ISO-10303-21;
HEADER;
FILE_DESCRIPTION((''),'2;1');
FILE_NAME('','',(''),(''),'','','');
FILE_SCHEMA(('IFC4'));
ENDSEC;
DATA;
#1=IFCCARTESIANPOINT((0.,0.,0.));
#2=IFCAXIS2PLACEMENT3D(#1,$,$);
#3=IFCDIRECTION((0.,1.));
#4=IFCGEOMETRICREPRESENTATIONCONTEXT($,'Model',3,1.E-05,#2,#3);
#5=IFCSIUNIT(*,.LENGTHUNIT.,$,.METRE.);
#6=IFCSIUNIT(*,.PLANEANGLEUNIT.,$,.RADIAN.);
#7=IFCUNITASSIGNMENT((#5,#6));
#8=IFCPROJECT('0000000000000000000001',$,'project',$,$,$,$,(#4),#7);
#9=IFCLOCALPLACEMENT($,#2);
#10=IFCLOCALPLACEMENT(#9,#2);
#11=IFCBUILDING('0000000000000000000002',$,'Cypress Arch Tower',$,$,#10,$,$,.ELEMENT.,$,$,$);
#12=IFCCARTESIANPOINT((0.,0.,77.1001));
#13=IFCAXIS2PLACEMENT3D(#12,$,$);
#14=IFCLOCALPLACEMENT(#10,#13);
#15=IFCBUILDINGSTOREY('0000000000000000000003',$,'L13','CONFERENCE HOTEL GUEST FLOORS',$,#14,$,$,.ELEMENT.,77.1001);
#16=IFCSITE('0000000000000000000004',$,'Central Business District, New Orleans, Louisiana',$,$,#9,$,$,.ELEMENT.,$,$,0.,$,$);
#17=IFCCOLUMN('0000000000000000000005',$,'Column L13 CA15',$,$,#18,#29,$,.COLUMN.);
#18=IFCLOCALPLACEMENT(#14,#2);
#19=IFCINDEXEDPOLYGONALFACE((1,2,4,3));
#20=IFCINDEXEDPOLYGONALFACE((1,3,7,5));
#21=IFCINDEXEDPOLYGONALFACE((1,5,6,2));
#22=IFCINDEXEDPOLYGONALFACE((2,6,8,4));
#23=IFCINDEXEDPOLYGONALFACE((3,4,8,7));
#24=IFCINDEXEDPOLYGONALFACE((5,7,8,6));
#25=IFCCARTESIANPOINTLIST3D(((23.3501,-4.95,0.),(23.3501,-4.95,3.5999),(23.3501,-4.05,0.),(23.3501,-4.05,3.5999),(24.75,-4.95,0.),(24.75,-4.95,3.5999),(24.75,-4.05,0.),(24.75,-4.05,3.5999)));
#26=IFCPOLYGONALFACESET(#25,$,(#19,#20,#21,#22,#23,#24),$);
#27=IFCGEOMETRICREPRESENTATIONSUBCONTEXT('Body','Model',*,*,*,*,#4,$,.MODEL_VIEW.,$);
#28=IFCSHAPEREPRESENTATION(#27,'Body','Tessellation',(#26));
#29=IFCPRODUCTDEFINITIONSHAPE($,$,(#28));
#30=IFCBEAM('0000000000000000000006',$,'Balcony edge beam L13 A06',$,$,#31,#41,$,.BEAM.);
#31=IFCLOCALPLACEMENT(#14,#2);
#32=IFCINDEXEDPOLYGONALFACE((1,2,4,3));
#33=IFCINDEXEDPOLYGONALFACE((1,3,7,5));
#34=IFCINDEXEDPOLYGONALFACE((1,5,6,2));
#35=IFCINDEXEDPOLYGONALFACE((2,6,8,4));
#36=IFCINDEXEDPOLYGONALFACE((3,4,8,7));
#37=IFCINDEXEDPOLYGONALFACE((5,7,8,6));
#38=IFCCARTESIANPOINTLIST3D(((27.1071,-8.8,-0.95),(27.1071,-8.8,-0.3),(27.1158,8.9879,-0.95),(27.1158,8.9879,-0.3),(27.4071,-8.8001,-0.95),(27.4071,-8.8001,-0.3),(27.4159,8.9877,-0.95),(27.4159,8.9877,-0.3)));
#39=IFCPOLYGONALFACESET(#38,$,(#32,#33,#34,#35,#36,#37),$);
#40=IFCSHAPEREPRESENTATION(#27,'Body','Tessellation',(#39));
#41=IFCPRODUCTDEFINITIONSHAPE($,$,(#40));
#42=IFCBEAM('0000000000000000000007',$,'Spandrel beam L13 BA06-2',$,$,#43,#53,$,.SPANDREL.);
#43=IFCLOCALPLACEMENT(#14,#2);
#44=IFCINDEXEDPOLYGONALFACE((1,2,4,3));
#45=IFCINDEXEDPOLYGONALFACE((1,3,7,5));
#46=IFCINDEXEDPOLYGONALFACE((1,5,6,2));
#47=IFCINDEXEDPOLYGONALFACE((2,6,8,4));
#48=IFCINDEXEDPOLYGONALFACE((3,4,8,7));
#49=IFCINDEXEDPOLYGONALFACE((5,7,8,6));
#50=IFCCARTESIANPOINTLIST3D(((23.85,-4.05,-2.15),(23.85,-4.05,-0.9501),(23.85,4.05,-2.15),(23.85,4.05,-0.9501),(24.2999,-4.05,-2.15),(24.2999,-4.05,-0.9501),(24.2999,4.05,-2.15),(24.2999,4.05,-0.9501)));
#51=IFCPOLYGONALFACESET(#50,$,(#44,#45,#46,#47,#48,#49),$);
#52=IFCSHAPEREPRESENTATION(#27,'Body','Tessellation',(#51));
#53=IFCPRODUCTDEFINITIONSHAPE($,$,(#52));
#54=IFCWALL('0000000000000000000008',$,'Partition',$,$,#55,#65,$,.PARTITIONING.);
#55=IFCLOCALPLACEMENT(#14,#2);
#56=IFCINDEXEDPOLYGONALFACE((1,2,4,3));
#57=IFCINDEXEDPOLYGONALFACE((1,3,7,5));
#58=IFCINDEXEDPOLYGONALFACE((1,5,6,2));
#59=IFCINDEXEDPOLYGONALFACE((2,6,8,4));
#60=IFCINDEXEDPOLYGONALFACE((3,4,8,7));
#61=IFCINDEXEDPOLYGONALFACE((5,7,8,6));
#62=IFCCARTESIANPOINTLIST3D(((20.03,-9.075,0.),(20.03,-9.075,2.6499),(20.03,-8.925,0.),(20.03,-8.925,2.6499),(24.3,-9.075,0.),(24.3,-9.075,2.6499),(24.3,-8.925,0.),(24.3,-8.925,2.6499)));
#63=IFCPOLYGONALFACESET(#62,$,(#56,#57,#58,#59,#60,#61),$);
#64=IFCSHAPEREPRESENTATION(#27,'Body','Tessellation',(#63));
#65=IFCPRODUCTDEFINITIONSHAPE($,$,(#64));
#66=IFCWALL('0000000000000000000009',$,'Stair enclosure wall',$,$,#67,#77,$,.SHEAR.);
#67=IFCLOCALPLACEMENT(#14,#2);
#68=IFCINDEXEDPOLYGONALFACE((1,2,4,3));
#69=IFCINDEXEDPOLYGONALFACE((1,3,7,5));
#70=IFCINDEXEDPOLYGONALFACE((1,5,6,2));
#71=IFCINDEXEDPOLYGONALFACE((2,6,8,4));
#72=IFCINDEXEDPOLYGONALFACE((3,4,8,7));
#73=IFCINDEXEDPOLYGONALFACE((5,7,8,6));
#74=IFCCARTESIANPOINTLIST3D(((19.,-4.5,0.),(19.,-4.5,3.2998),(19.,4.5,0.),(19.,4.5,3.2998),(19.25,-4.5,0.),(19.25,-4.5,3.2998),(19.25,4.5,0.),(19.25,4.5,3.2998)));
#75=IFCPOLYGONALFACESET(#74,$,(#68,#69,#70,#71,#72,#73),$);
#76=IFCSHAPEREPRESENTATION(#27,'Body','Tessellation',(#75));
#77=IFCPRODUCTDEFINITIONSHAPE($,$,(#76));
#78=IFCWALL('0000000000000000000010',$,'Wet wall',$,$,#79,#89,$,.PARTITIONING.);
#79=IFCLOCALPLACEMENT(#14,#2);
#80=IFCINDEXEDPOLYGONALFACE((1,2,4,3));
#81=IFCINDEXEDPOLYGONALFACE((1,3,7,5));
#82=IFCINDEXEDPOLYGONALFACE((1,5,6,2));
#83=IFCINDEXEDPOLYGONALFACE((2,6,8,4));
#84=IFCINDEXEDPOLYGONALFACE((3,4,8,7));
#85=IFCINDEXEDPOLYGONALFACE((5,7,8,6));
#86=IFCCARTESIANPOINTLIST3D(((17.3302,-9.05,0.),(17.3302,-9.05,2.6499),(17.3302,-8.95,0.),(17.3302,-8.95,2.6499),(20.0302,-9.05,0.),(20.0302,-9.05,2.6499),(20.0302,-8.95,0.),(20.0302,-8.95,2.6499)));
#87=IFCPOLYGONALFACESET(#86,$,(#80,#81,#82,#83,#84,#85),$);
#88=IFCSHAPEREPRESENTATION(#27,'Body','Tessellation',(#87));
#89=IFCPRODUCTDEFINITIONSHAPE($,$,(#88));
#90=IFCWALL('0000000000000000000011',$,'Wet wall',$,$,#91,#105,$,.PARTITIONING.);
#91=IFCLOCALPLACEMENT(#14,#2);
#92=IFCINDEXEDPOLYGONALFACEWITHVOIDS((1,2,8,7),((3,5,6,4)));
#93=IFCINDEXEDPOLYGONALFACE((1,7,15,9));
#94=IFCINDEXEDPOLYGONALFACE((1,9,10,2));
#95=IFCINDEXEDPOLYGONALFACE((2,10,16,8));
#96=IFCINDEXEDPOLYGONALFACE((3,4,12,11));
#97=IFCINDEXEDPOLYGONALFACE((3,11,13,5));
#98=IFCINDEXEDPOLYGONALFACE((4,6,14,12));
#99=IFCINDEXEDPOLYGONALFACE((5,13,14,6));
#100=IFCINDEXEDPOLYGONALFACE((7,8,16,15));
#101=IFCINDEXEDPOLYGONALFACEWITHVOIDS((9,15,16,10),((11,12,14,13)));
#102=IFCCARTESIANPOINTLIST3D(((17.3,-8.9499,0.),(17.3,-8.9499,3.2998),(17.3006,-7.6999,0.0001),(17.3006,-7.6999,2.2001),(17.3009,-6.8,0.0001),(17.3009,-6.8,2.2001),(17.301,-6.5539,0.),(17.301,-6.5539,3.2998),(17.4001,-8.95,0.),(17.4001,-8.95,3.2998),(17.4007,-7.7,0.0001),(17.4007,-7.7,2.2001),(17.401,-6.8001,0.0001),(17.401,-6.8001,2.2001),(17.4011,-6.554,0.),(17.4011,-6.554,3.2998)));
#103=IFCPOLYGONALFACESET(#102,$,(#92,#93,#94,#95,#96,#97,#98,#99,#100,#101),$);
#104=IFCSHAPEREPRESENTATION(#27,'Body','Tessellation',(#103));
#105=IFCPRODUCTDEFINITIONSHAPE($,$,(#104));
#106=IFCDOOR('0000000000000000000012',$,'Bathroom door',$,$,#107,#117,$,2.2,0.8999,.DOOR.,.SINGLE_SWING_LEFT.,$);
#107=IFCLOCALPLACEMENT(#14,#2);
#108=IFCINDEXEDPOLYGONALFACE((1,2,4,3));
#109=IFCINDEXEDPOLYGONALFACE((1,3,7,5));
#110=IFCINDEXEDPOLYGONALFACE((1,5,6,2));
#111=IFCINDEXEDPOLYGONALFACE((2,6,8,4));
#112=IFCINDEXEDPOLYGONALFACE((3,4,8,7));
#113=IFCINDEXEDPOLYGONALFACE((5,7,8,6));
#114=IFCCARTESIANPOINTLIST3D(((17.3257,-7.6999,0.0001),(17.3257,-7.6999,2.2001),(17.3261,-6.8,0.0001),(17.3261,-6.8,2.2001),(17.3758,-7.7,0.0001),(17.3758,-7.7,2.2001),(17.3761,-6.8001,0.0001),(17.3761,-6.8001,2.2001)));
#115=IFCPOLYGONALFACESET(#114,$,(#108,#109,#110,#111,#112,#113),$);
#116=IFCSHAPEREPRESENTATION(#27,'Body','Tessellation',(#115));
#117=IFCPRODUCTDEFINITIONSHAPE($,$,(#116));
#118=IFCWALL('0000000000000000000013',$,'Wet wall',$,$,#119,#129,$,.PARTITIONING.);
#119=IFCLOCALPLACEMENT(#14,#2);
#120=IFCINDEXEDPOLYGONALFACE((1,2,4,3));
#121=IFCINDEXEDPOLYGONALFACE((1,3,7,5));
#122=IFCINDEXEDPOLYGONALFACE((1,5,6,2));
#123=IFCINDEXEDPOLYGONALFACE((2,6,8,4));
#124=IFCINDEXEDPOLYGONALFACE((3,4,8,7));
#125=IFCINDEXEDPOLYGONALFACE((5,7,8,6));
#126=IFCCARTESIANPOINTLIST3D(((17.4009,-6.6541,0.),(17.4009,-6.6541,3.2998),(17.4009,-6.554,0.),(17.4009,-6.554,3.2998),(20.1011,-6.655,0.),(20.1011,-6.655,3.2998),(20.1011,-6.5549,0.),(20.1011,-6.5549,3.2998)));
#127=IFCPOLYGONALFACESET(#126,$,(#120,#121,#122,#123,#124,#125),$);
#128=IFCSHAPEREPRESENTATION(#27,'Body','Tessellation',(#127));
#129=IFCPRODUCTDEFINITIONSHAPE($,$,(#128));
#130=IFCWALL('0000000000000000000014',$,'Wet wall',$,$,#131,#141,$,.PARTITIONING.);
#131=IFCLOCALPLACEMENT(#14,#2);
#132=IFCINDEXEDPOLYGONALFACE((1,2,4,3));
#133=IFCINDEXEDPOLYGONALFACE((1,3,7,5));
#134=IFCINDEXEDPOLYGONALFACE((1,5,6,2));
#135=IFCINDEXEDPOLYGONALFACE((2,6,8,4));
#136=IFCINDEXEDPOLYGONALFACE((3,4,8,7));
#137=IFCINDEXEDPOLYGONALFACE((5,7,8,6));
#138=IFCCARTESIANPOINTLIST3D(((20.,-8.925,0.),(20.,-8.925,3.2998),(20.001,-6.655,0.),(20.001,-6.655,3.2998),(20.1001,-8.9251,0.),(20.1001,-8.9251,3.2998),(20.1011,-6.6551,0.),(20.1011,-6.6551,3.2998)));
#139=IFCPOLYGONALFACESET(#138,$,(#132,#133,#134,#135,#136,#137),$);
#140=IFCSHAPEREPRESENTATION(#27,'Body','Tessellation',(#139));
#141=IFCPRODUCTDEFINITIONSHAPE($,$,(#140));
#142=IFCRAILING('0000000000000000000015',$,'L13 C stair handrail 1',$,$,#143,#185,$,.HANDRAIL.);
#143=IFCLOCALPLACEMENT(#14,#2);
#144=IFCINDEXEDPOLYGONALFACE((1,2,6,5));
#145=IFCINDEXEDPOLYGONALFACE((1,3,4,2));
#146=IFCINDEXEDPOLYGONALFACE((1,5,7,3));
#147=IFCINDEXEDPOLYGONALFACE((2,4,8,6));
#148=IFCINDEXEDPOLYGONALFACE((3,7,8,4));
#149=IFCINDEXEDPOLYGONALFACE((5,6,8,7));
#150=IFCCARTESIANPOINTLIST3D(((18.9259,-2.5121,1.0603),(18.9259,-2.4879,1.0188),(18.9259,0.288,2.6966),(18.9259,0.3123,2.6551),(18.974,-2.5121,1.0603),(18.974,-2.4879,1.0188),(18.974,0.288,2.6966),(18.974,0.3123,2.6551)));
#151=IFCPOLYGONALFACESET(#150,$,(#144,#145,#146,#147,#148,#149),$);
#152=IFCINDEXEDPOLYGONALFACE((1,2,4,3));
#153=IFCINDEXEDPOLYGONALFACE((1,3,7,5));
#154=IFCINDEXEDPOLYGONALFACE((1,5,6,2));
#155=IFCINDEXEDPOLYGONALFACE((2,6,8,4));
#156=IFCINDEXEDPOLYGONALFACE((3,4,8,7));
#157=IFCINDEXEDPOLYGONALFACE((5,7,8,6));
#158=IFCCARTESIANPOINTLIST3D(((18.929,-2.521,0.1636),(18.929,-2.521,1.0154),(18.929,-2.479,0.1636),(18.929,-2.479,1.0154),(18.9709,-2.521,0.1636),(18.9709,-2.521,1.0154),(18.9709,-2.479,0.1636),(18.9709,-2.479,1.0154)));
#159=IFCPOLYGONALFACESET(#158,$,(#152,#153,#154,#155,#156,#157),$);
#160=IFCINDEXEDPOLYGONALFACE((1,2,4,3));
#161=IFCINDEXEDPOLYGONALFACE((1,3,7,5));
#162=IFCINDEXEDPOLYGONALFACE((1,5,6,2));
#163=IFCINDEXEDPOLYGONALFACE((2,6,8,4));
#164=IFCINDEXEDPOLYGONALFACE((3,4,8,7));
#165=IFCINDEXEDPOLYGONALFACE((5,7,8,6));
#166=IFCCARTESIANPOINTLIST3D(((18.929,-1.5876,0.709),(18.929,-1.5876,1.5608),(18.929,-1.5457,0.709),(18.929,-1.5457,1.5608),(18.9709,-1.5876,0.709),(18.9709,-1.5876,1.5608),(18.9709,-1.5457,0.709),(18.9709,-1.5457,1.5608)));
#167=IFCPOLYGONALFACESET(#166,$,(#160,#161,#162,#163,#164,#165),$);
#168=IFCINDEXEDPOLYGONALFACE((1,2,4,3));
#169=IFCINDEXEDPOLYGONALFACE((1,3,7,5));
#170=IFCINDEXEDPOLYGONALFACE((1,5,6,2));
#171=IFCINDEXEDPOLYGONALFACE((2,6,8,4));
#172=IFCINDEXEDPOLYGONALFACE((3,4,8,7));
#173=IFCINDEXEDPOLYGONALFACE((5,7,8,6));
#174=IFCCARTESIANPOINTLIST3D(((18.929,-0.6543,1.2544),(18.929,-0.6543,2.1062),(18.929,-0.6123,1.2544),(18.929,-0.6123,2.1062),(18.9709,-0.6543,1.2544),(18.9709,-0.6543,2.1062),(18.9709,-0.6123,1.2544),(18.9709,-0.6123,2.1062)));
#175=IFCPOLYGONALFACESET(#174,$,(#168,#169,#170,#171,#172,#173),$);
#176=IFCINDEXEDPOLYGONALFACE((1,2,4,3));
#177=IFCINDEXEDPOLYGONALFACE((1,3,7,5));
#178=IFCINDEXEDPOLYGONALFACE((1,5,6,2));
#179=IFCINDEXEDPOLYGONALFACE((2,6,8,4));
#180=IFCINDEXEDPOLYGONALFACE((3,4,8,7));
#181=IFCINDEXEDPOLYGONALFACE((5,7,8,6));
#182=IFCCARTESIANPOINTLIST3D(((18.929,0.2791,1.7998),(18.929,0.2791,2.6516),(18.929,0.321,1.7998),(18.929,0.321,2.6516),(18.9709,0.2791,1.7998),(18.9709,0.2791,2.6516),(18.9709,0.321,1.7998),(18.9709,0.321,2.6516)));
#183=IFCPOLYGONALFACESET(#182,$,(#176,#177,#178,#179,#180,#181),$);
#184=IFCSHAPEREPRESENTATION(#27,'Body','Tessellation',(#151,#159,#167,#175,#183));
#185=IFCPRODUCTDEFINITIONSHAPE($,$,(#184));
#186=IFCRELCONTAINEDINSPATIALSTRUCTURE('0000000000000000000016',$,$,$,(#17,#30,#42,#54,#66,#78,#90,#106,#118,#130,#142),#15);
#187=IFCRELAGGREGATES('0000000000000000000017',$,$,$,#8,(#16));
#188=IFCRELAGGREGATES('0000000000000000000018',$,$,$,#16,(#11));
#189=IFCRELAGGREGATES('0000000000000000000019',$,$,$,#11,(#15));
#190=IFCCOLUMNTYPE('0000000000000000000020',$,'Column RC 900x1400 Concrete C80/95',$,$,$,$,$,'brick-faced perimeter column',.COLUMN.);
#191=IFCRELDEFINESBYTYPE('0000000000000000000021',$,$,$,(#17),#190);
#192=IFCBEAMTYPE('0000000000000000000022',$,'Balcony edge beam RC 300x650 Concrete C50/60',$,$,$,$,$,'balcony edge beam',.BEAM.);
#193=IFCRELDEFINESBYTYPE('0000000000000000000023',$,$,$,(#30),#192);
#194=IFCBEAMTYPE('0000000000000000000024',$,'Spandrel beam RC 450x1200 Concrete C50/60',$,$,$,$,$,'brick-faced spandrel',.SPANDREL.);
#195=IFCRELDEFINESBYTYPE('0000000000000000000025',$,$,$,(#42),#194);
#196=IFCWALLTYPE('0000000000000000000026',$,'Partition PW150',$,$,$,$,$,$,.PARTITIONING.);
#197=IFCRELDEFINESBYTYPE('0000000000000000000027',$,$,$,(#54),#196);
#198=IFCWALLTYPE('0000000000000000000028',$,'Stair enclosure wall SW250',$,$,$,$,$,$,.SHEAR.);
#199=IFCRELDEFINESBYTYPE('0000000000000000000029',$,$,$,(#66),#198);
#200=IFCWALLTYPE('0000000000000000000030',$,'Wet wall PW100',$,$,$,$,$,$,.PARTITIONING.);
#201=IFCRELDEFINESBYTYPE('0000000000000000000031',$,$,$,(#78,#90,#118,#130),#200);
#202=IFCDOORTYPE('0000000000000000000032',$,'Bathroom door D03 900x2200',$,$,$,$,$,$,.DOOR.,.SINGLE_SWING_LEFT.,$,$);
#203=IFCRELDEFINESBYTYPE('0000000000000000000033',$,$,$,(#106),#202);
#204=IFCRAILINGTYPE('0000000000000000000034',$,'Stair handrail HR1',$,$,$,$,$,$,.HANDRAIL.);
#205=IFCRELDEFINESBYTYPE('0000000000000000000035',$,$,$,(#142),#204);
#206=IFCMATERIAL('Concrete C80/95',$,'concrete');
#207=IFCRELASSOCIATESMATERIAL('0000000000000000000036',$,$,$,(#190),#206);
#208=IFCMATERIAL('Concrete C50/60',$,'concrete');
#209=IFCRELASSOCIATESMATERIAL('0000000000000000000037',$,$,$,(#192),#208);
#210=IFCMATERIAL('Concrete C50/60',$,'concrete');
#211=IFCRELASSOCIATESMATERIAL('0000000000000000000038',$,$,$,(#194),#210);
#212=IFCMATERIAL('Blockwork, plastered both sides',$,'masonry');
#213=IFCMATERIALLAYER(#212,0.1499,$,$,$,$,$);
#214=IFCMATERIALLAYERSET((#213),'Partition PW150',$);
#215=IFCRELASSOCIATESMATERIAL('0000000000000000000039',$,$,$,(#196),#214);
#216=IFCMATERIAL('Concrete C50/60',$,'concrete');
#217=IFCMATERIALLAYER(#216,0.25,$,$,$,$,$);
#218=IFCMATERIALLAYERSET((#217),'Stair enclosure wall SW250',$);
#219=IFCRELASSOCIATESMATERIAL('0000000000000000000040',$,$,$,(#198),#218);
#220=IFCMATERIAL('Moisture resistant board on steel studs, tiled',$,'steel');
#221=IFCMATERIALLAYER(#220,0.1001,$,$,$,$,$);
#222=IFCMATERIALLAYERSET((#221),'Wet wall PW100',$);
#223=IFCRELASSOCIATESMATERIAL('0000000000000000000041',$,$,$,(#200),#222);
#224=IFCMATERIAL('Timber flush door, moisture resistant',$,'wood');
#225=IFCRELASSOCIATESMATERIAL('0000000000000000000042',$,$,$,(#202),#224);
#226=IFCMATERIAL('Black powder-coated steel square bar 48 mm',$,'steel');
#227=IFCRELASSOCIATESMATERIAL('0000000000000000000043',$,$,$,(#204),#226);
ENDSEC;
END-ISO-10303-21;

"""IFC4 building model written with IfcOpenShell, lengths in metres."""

from ifc_helpers import new_model, si_unit, direction, frame, frame_2d, origin, origin_2d, place, context, subcontext, project, spatial, rectangle, extrude, material, layer, layer_set, material_profile, profile_set, type_object, element, fill, save


model = new_model("IFC4")

# Units and contexts
model_context = context("Model", 3, precision=1e-05, world=origin(), true_north=direction((0.0, 1.0)))
body_context = subcontext(model_context, "Body", "Model", "MODEL_VIEW")
ifc_project = project(units=[si_unit("LENGTHUNIT", "METRE"), si_unit("PLANEANGLEUNIT", "RADIAN")], contexts=[model_context])

# Site, building, storey
site_placement = place(None, origin())
site = spatial("IfcSite", under=ifc_project, at=site_placement, Name="Central Business District, New Orleans, Louisiana", CompositionType="ELEMENT", RefElevation=0.0)
building_placement = place(site_placement, origin())
building = spatial("IfcBuilding", under=site, at=building_placement, Name="Cypress Arch Tower", CompositionType="ELEMENT")
storey_placement = place(building_placement, frame((0.0, 0.0, 77.1001)))
storey = spatial("IfcBuildingStorey", under=building, at=storey_placement, Name="L13", Description="CONFERENCE HOTEL GUEST FLOORS", CompositionType="ELEMENT", Elevation=77.1001)

# Column
ifc_material_1 = material(Name="Concrete C80/95", Category="concrete")
ifc_material_profile_1 = material_profile(ifc_material_1, rectangle(XDim=0.8999, YDim=1.3999, at=origin_2d()), Name="RC 900x1400")
ifc_profile_set_1 = profile_set([ifc_material_profile_1], Name="Concrete C80/95")
column_type = type_object("IfcColumnType", Name="Column RC 900x1400 Concrete C80/95", ElementType="brick-faced perimeter column", PredefinedType="COLUMN", material=ifc_profile_set_1)
column_placement = place(storey_placement, frame((24.05, -4.5, 0.0), z_axis=(0.0, 0.0, 1.0), x_axis=(0.0, 1.0, 0.0)))
element("IfcColumn", 1, at=column_placement, inside=storey, type_object=column_type, Name="Column L13 CA15", PredefinedType="COLUMN", context=body_context, shape_type="SweptSolid", body=[
    extrude(rectangle(XDim=0.8999, YDim=1.3999, at=origin_2d()), origin(), (0.0, 0.0, 1.0), 3.5999),
])

# Beams
ifc_material_2 = material(Name="Concrete C50/60", Category="concrete")
ifc_material_profile_2 = material_profile(ifc_material_2, rectangle(XDim=0.3, YDim=0.6499, at=origin_2d()), Name="RC 300x650")
ifc_profile_set_2 = profile_set([ifc_material_profile_2], Name="Concrete C50/60")
beam_type_1 = type_object("IfcBeamType", Name="Balcony edge beam RC 300x650 Concrete C50/60", ElementType="balcony edge beam", PredefinedType="BEAM", material=ifc_profile_set_2)
beam_1_placement = place(storey_placement, frame((27.2571, -8.8, -0.625), z_axis=(0.000494, 1.0, 0.0), x_axis=(-1.0, 0.000494, 0.0)))
element("IfcBeam", 2, at=beam_1_placement, inside=storey, type_object=beam_type_1, Name="Balcony edge beam L13 A06", PredefinedType="BEAM", context=body_context, shape_type="SweptSolid", body=[
    extrude(rectangle(XDim=0.3, YDim=0.6499, at=origin_2d()), origin(), (0.0, 0.0, 1.0), 17.7878),
])
ifc_material_3 = material(Name="Concrete C50/60", Category="concrete")
ifc_material_profile_3 = material_profile(ifc_material_3, rectangle(XDim=0.45, YDim=1.2, at=origin_2d()), Name="RC 450x1200")
ifc_profile_set_3 = profile_set([ifc_material_profile_3], Name="Concrete C50/60")
beam_type_2 = type_object("IfcBeamType", Name="Spandrel beam RC 450x1200 Concrete C50/60", ElementType="brick-faced spandrel", PredefinedType="SPANDREL", material=ifc_profile_set_3)
beam_2_placement = place(storey_placement, frame((24.075, -4.05, -1.55), z_axis=(0.0, 1.0, 0.0), x_axis=(-1.0, 0.0, 0.0)))
element("IfcBeam", 3, at=beam_2_placement, inside=storey, type_object=beam_type_2, Name="Spandrel beam L13 BA06-2", PredefinedType="SPANDREL", context=body_context, shape_type="SweptSolid", body=[
    extrude(rectangle(XDim=0.45, YDim=1.2, at=origin_2d()), origin(), (0.0, 0.0, 1.0), 8.1001),
])

# Walls
ifc_material_4 = material(Name="Blockwork, plastered both sides", Category="masonry")
ifc_layer_1 = layer(ifc_material_4, 0.1499)
ifc_layer_set_1 = layer_set([ifc_layer_1], Name="Partition PW150")
wall_type_1 = type_object("IfcWallType", Name="Partition PW150", PredefinedType="PARTITIONING", material=ifc_layer_set_1)
wall_1_placement = place(storey_placement, frame((20.03, -9.0, 0.0), z_axis=(0.0, 0.0, 1.0), x_axis=(1.0, 0.0, 0.0)))
element("IfcWall", 4, at=wall_1_placement, inside=storey, type_object=wall_type_1, Name="Partition", PredefinedType="PARTITIONING", context=body_context, shape_type="SweptSolid", body=[
    extrude(rectangle(XDim=4.27, YDim=0.1499, at=frame_2d((2.135, 0.0))), origin(), (0.0, 0.0, 1.0), 2.6499),
])
ifc_material_5 = material(Name="Concrete C50/60", Category="concrete")
ifc_layer_2 = layer(ifc_material_5, 0.25)
ifc_layer_set_2 = layer_set([ifc_layer_2], Name="Stair enclosure wall SW250")
wall_type_2 = type_object("IfcWallType", Name="Stair enclosure wall SW250", PredefinedType="SHEAR", material=ifc_layer_set_2)
wall_2_placement = place(storey_placement, frame((19.125, -4.5, 0.0), z_axis=(0.0, 0.0, 1.0), x_axis=(0.0, 1.0, 0.0)))
element("IfcWall", 5, at=wall_2_placement, inside=storey, type_object=wall_type_2, Name="Stair enclosure wall", PredefinedType="SHEAR", context=body_context, shape_type="SweptSolid", body=[
    extrude(rectangle(XDim=9.0, YDim=0.25, at=frame_2d((4.5, 0.0))), origin(), (0.0, 0.0, 1.0), 3.2998),
])
ifc_material_6 = material(Name="Moisture resistant board on steel studs, tiled", Category="steel")
ifc_layer_3 = layer(ifc_material_6, 0.1001)
ifc_layer_set_3 = layer_set([ifc_layer_3], Name="Wet wall PW100")
wall_type_3 = type_object("IfcWallType", Name="Wet wall PW100", PredefinedType="PARTITIONING", material=ifc_layer_set_3)
wall_3_placement = place(storey_placement, frame((17.3301, -9.0, 0.0), z_axis=(0.0, 0.0, 1.0), x_axis=(1.0, 0.0, 0.0)))
element("IfcWall", 6, at=wall_3_placement, inside=storey, type_object=wall_type_3, Name="Wet wall", PredefinedType="PARTITIONING", context=body_context, shape_type="SweptSolid", body=[
    extrude(rectangle(XDim=2.7, YDim=0.1001, at=frame_2d((1.3501, 0.0))), origin(), (0.0, 0.0, 1.0), 2.6499),
])

# Wall, opening, door
wall_4_placement = place(storey_placement, frame((17.3501, -8.95, 0.0), z_axis=(0.0, 0.0, 1.0), x_axis=(0.000408, 1.0, 0.0)))
wall_4 = element("IfcWall", 7, at=wall_4_placement, inside=storey, type_object=wall_type_3, Name="Wet wall", PredefinedType="PARTITIONING", context=body_context, shape_type="SweptSolid", body=[
    extrude(rectangle(XDim=2.396, YDim=0.1001, at=frame_2d((1.198, 0.0))), origin(), (0.0, 0.0, 1.0), 3.2998),
])
opening_1_placement = place(wall_4_placement, frame((1.25, 0.0, 0.0)))
opening_1 = element("IfcOpeningElement", 8, at=opening_1_placement, cuts=wall_4, PredefinedType="OPENING", context=body_context, shape_type="SweptSolid", body=[
    extrude(rectangle(XDim=0.8999, YDim=2.2, at=frame_2d((0.45, 1.1001))), frame((0.0, 0.0601, 0.0), z_axis=(0.0, -1.0, 0.0), x_axis=(1.0, 0.0, 0.0)), (0.0, 0.0, 1.0), 0.1201),
])
ifc_material_7 = material(Name="Timber flush door, moisture resistant", Category="wood")
door_type_1 = type_object("IfcDoorType", Name="Bathroom door D03 900x2200", OperationType="SINGLE_SWING_LEFT", PredefinedType="DOOR", material=ifc_material_7)
door_1_placement = place(opening_1_placement, origin())
door_1 = element("IfcDoor", 9, at=door_1_placement, inside=storey, type_object=door_type_1, Name="Bathroom door", OperationType="SINGLE_SWING_LEFT", OverallHeight=2.2, OverallWidth=0.8999, PredefinedType="DOOR", context=body_context, shape_type="SweptSolid", body=[
    extrude(rectangle(XDim=0.8999, YDim=2.2, at=frame_2d((0.45, 1.1001))), frame((0.0, 0.0249, 0.0), z_axis=(0.0, -1.0, 0.0), x_axis=(1.0, 0.0, 0.0)), (0.0, 0.0, 1.0), 0.05),
])
fill(opening_1, door_1)

# Walls
wall_5_placement = place(storey_placement, frame((17.4009, -6.604, 0.0), z_axis=(0.0, 0.0, 1.0), x_axis=(1.0, -0.000362, 0.0)))
element("IfcWall", 10, at=wall_5_placement, inside=storey, type_object=wall_type_3, Name="Wet wall", PredefinedType="PARTITIONING", context=body_context, shape_type="SweptSolid", body=[
    extrude(rectangle(XDim=2.7002, YDim=0.1001, at=frame_2d((1.3501, 0.0))), origin(), (0.0, 0.0, 1.0), 3.2998),
])
wall_6_placement = place(storey_placement, frame((20.05, -8.925, 0.0), z_axis=(0.0, 0.0, 1.0), x_axis=(0.00043, 1.0, 0.0)))
element("IfcWall", 11, at=wall_6_placement, inside=storey, type_object=wall_type_3, Name="Wet wall", PredefinedType="PARTITIONING", context=body_context, shape_type="SweptSolid", body=[
    extrude(rectangle(XDim=2.27, YDim=0.1001, at=frame_2d((1.135, 0.0))), origin(), (0.0, 0.0, 1.0), 3.2998),
])

# Railing
ifc_material_8 = material(Name="Black powder-coated steel square bar 48 mm", Category="steel")
railing_type_1 = type_object("IfcRailingType", Name="Stair handrail HR1", PredefinedType="HANDRAIL", material=ifc_material_8)
railing_1_placement = place(storey_placement, frame((18.95, -2.5, 0.1636)))
element("IfcRailing", 12, at=railing_1_placement, inside=storey, type_object=railing_type_1, Name="L13 C stair handrail 1", PredefinedType="HANDRAIL", context=body_context, shape_type="SweptSolid", body=[
    extrude(rectangle(XDim=0.0481, YDim=0.0481, at=origin_2d()), frame((0.0, 0.0, 0.876), z_axis=(0.0, 0.863394, 0.504531), x_axis=(-1.0, 0.0, 0.0)), (0.0, 0.0, 1.0), 3.2432),
    extrude(rectangle(XDim=0.042, YDim=0.042, at=origin_2d()), origin(), (0.0, 0.0, 1.0), 0.8518),
    extrude(rectangle(XDim=0.042, YDim=0.042, at=origin_2d()), frame((0.0, 0.9333, 0.5454)), (0.0, 0.0, 1.0), 0.8518),
    extrude(rectangle(XDim=0.042, YDim=0.042, at=origin_2d()), frame((0.0, 1.8667, 1.0908)), (0.0, 0.0, 1.0), 0.8518),
    extrude(rectangle(XDim=0.042, YDim=0.042, at=origin_2d()), frame((0.0, 2.8, 1.6362)), (0.0, 0.0, 1.0), 0.8518),
])

save(model, "model.ifc")
